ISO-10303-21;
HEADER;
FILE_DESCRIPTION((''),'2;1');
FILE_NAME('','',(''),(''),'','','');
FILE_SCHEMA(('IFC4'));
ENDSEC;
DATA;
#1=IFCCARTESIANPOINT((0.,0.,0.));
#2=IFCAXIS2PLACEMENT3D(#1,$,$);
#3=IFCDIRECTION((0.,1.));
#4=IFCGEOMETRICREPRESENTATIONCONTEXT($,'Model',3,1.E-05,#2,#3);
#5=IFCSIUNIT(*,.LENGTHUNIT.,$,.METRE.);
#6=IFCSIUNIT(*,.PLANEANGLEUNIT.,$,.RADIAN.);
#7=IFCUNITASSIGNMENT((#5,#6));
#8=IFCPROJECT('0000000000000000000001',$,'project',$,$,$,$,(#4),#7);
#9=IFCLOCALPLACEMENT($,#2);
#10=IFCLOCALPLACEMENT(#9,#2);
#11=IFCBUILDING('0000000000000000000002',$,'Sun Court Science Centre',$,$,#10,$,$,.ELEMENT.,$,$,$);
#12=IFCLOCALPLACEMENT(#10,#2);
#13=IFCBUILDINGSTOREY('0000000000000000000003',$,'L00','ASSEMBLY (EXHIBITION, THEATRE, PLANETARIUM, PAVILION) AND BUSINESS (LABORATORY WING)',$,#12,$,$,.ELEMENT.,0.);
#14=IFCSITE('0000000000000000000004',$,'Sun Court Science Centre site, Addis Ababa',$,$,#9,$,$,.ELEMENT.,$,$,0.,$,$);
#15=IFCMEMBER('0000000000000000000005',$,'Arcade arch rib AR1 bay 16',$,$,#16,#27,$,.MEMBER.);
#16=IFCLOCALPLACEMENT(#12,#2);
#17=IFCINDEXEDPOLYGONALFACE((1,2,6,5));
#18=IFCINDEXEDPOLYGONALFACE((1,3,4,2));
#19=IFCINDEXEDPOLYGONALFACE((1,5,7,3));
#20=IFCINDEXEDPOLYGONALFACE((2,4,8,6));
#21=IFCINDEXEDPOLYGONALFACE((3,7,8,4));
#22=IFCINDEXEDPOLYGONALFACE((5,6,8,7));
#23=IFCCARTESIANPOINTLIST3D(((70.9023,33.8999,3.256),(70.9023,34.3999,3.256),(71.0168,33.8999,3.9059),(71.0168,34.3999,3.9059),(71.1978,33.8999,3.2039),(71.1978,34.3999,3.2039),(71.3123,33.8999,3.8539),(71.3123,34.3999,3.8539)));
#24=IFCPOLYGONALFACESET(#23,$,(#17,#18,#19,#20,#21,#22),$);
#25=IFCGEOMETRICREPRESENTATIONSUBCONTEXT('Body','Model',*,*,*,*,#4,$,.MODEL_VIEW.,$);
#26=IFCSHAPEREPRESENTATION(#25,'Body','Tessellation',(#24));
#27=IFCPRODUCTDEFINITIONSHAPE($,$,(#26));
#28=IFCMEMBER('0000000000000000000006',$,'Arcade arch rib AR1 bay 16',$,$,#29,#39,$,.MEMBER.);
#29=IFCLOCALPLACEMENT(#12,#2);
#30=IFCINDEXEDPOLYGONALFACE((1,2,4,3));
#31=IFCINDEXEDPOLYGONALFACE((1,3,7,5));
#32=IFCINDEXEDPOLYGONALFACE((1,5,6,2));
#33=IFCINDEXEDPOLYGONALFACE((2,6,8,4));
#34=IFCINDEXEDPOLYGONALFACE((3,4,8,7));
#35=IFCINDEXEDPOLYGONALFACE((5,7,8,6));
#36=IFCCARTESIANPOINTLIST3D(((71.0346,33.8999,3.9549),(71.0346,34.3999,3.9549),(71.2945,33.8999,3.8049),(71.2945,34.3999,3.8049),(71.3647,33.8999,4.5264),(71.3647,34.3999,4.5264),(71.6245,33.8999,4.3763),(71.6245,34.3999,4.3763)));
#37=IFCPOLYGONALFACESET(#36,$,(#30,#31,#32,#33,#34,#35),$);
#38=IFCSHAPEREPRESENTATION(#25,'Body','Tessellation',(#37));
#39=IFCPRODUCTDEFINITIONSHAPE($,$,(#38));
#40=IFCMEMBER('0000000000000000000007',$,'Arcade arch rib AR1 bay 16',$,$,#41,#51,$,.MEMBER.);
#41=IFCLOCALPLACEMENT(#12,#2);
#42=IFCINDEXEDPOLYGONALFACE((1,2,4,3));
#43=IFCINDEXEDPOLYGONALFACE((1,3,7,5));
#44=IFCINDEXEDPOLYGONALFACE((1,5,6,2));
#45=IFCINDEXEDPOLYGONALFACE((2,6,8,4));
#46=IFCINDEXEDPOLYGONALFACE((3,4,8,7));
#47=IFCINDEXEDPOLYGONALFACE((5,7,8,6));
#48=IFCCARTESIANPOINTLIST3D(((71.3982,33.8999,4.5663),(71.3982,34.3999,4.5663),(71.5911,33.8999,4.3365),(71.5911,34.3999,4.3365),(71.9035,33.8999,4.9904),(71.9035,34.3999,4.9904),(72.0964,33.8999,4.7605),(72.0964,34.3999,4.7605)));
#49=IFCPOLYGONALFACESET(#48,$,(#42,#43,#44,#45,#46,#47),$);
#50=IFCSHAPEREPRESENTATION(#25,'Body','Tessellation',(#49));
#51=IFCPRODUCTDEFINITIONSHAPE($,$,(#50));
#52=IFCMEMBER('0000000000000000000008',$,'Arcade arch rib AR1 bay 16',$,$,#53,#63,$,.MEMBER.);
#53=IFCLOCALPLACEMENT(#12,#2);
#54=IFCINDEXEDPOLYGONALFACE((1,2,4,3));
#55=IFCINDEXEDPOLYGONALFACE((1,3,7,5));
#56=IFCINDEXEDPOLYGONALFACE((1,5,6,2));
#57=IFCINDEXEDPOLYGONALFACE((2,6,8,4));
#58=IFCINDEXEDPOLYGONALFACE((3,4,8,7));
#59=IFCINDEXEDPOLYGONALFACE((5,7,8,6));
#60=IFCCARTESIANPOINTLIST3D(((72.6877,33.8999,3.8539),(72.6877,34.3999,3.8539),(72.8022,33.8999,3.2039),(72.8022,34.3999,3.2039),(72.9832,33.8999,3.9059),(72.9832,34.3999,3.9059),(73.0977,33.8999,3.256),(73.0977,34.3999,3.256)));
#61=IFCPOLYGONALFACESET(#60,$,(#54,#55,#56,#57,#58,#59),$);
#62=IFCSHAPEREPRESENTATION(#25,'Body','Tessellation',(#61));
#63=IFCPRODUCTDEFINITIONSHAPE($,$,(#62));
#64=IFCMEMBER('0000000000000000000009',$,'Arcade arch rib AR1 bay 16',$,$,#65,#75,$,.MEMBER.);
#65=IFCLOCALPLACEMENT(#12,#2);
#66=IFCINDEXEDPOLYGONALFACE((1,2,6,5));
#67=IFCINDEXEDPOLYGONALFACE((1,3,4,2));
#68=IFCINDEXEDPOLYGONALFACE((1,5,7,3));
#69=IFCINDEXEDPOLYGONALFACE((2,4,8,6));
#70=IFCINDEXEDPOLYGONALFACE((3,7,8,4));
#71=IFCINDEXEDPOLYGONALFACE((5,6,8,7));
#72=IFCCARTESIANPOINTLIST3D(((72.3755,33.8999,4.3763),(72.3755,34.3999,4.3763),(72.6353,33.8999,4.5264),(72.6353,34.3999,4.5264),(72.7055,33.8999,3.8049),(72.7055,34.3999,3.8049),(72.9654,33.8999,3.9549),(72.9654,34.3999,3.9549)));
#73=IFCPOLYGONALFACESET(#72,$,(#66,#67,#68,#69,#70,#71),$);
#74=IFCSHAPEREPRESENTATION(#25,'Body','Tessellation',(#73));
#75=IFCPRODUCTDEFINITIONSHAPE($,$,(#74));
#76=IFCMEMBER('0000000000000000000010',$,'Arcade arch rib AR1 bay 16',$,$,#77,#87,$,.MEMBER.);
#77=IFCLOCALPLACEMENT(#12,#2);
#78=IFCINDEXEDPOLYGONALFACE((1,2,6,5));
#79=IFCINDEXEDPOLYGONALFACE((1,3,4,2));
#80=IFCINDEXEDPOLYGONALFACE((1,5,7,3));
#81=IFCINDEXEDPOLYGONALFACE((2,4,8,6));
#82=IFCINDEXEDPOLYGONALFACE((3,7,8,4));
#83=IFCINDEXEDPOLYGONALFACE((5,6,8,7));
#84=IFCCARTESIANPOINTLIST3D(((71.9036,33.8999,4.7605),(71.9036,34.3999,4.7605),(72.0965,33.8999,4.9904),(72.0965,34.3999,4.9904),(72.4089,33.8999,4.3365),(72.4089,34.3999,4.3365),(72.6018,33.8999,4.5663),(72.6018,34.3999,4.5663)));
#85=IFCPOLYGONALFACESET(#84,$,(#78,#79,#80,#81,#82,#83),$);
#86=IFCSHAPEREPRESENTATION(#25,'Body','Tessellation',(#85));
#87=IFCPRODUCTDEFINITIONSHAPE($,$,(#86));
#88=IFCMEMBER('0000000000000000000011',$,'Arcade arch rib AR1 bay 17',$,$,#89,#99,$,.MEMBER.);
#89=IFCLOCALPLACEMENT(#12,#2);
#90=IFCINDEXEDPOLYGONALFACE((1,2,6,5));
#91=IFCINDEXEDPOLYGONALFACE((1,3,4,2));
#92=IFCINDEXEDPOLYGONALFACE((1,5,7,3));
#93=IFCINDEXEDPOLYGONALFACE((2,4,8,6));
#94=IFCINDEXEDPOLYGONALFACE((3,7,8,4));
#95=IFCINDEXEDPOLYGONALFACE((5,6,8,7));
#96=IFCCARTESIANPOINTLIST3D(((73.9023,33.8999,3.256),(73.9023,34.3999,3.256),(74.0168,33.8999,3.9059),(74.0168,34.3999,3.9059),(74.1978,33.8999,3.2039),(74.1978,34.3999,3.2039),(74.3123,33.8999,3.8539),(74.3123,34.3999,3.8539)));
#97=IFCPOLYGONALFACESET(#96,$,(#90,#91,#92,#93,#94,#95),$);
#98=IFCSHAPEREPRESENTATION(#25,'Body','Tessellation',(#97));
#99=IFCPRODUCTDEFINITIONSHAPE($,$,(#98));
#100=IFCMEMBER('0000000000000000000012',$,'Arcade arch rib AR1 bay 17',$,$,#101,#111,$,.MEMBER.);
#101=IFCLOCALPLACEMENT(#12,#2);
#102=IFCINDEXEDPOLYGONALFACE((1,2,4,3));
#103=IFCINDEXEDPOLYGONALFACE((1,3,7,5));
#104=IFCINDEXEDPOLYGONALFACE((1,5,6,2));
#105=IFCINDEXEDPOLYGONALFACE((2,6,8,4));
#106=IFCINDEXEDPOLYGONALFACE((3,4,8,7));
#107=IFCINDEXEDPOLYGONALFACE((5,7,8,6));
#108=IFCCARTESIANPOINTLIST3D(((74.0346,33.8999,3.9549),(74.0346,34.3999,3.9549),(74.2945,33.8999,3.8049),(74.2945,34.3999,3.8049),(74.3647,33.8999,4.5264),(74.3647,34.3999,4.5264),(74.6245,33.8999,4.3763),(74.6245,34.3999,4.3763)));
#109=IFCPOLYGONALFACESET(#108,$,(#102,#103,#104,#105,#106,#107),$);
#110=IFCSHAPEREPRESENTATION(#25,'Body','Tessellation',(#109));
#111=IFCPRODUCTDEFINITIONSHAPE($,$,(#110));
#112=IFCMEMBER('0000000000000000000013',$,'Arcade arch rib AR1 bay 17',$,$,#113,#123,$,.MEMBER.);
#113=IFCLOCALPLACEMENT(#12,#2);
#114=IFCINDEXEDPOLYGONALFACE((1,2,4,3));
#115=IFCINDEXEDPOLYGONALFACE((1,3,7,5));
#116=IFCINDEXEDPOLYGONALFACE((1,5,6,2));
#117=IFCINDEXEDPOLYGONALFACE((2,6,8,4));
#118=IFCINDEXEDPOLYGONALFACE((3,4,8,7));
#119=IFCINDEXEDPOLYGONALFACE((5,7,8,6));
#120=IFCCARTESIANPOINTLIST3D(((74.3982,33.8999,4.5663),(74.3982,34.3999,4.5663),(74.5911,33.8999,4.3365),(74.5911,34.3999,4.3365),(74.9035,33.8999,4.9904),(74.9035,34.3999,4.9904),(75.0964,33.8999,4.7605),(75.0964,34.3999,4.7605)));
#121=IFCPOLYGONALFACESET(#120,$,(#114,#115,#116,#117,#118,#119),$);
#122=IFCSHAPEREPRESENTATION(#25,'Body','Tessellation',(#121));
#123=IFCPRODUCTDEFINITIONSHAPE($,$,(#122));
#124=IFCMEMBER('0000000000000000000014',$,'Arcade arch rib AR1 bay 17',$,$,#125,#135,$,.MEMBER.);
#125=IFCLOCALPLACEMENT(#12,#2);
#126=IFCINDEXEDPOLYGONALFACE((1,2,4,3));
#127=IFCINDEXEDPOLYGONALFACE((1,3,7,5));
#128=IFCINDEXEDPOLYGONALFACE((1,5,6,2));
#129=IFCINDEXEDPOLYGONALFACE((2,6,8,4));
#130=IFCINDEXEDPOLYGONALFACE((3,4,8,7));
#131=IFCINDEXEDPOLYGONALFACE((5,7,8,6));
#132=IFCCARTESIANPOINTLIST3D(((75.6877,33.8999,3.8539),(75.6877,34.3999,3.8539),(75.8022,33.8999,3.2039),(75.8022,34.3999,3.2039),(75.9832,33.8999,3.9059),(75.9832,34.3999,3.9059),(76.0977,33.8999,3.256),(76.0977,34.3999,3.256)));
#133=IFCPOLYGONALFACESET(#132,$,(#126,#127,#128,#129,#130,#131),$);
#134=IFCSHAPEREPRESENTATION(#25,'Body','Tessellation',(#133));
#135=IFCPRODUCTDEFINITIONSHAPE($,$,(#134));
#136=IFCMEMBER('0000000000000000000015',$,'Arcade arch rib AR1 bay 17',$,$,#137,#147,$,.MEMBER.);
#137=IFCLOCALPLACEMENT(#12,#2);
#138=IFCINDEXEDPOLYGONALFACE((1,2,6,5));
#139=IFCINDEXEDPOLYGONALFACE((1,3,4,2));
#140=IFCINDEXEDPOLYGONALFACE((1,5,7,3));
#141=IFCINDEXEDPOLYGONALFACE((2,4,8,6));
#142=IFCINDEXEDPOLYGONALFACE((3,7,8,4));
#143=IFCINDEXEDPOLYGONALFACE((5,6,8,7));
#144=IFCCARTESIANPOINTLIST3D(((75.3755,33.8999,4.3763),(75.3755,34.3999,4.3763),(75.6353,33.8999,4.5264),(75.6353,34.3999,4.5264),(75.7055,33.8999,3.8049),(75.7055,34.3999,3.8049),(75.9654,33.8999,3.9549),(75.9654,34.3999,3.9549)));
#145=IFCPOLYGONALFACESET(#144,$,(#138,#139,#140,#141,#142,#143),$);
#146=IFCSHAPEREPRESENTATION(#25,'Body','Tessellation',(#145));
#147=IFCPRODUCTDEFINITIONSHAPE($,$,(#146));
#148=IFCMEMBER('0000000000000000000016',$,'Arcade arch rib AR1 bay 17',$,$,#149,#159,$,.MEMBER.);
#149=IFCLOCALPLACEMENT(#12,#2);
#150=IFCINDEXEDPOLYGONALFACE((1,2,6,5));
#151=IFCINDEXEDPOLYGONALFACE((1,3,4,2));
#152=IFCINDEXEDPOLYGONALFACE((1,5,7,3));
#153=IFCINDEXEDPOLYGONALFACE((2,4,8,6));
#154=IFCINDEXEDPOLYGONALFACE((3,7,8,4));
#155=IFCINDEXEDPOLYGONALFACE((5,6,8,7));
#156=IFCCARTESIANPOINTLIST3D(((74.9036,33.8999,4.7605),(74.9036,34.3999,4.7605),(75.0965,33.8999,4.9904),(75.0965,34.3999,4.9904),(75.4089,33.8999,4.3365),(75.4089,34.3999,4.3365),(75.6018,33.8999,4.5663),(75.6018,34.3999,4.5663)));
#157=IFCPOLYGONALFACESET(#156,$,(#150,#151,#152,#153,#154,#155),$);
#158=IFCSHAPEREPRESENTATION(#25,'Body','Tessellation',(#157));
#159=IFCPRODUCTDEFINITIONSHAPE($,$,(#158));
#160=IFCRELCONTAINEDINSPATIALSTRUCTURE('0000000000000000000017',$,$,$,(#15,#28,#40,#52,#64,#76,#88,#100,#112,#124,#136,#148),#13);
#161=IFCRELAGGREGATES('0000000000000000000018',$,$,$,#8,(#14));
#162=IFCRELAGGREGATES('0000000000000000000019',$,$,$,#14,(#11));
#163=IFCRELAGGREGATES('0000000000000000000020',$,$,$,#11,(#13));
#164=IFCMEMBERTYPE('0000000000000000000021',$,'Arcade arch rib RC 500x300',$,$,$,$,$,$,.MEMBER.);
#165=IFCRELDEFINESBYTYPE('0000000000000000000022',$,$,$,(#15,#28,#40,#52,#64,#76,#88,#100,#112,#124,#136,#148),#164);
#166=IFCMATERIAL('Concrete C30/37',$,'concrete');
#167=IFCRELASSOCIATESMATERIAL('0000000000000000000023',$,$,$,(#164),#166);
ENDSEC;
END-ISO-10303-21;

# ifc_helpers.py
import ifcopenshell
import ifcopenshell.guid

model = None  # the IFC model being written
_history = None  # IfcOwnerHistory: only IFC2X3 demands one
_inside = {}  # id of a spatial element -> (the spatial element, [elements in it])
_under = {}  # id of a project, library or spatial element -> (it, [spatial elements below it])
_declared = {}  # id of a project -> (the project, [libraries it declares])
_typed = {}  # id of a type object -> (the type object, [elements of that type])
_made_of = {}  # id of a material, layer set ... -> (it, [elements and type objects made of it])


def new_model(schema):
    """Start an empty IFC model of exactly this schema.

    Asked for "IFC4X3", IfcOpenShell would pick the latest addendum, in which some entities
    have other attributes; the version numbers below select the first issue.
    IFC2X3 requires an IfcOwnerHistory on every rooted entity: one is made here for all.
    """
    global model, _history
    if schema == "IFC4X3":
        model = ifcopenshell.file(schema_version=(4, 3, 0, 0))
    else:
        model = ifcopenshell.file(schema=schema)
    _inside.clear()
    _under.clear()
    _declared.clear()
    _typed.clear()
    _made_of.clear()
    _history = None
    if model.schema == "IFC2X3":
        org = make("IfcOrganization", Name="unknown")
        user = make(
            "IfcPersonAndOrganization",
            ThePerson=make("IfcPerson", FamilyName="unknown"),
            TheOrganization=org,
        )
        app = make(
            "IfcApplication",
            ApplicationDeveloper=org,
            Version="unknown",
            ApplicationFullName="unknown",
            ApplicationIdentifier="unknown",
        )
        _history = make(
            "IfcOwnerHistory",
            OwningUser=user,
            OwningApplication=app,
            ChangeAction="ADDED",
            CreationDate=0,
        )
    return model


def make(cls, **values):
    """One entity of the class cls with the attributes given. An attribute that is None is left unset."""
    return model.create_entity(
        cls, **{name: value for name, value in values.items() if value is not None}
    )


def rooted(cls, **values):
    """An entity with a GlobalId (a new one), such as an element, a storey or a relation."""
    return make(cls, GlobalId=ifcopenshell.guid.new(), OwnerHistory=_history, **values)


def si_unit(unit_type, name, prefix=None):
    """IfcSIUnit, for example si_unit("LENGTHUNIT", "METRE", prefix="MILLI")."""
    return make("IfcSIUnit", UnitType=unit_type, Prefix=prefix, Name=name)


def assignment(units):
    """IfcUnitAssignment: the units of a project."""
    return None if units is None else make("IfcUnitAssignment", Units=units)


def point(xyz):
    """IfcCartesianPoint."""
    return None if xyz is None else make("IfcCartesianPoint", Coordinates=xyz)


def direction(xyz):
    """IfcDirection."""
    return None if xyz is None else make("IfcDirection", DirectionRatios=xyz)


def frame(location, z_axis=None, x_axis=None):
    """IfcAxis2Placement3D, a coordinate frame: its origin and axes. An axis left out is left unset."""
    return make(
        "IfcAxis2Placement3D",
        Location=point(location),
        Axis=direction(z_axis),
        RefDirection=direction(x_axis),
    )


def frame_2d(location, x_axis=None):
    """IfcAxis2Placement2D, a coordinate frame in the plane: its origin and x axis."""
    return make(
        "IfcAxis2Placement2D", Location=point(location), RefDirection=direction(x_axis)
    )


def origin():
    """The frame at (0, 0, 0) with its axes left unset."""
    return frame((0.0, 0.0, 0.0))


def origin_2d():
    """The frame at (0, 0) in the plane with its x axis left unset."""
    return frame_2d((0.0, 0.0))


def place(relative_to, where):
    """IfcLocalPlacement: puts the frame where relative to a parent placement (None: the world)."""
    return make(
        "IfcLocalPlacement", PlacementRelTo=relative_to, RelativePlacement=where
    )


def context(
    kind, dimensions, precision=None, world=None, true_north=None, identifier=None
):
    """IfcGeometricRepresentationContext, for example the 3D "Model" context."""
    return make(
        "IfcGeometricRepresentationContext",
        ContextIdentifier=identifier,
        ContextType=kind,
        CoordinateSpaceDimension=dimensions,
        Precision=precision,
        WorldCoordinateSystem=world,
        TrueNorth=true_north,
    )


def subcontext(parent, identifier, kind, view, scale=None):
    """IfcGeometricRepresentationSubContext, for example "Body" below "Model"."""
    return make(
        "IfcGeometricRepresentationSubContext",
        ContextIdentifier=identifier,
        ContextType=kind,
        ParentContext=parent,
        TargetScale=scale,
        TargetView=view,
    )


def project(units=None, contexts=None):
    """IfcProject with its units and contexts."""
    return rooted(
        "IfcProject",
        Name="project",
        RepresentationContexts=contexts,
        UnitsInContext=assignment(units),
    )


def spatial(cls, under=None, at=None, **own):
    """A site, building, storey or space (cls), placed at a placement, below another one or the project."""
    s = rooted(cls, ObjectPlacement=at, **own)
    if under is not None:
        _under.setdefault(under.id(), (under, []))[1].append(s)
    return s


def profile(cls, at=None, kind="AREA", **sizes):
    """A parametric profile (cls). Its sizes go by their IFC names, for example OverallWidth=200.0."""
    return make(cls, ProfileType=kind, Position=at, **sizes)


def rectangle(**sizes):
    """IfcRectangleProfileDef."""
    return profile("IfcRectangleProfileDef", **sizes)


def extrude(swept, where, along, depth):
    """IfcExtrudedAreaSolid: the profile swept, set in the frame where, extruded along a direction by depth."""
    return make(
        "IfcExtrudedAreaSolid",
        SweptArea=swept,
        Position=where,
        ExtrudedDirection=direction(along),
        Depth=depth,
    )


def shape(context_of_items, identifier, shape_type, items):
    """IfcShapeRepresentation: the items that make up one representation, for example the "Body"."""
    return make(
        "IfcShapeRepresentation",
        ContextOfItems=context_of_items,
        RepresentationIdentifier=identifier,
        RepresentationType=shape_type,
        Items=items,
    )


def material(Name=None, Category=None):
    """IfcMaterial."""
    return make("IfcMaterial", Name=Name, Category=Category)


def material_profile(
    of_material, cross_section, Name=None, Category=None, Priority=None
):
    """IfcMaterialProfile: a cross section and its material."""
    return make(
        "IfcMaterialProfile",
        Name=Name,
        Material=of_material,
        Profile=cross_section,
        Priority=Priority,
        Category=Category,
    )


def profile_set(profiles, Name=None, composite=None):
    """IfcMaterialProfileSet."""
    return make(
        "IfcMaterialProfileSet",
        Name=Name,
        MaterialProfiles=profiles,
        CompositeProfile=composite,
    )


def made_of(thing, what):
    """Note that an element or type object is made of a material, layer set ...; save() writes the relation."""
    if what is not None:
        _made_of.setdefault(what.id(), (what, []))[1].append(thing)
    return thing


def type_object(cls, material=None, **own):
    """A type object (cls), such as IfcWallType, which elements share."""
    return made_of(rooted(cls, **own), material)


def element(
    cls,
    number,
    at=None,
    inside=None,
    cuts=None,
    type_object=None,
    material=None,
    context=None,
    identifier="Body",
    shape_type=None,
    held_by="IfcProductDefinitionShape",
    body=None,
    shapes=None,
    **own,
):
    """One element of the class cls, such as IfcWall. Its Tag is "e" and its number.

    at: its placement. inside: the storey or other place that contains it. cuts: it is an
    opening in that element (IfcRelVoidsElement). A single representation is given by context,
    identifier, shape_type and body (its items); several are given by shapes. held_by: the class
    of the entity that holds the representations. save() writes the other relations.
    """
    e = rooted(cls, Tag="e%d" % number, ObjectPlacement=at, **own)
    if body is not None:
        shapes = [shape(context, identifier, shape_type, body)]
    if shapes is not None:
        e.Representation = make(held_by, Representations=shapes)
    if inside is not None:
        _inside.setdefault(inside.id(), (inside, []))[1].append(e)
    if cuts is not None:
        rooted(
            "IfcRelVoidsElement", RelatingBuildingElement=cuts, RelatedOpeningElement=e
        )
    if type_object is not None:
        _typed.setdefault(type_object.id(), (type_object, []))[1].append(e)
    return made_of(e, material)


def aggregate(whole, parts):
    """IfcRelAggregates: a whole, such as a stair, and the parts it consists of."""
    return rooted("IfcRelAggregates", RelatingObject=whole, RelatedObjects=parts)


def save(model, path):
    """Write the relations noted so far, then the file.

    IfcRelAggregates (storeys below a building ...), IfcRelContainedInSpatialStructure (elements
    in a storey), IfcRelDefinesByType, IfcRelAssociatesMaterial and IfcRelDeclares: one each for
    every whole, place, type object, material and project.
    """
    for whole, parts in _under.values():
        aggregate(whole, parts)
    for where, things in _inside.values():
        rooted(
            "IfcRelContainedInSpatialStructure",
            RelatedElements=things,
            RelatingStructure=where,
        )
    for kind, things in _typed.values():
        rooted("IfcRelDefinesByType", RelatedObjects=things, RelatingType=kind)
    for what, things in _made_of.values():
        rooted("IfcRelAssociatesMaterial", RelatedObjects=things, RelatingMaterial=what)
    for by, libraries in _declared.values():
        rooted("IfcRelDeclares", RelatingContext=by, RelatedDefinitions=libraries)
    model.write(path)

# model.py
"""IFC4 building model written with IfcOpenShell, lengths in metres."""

from ifc_helpers import new_model, si_unit, direction, frame, origin, origin_2d, place, context, subcontext, project, spatial, rectangle, extrude, material, material_profile, profile_set, type_object, element, save


model = new_model("IFC4")

# Units and contexts
model_context = context("Model", 3, precision=1e-05, world=origin(), true_north=direction((0.0, 1.0)))
body_context = subcontext(model_context, "Body", "Model", "MODEL_VIEW")
ifc_project = project(units=[si_unit("LENGTHUNIT", "METRE"), si_unit("PLANEANGLEUNIT", "RADIAN")], contexts=[model_context])

# Site, building, storey
site_placement = place(None, origin())
site = spatial("IfcSite", under=ifc_project, at=site_placement, Name="Sun Court Science Centre site, Addis Ababa", CompositionType="ELEMENT", RefElevation=0.0)
building_placement = place(site_placement, origin())
building = spatial("IfcBuilding", under=site, at=building_placement, Name="Sun Court Science Centre", CompositionType="ELEMENT")
storey_placement = place(building_placement, origin())
storey = spatial("IfcBuildingStorey", under=building, at=storey_placement, Name="L00", Description="ASSEMBLY (EXHIBITION, THEATRE, PLANETARIUM, PAVILION) AND BUSINESS (LABORATORY WING)", CompositionType="ELEMENT", Elevation=0.0)

# Members
ifc_material_1 = material(Name="Concrete C30/37", Category="concrete")
ifc_material_profile_1 = material_profile(ifc_material_1, rectangle(XDim=0.5, YDim=0.3, at=origin_2d()), Name="RC 500x300")
ifc_profile_set_1 = profile_set([ifc_material_profile_1], Name="Concrete C30/37")
member_type_1 = type_object("IfcMemberType", Name="Arcade arch rib RC 500x300", PredefinedType="MEMBER", material=ifc_profile_set_1)
for number, where, z_axis, x_axis, name in (
    (1, (71.05, 34.1499, 3.23), (0.173511, 0.0, 0.984832), (0.0, 1.0, 0.0), "Arcade arch rib AR1 bay 16"),
    (2, (71.1646, 34.1499, 3.8799), (0.500117, 0.0, 0.865958), (0.0, 1.0, 0.0), "Arcade arch rib AR1 bay 16"),
):
    element("IfcMember", number, at=place(storey_placement, frame(where, z_axis=z_axis, x_axis=x_axis)), inside=storey, type_object=member_type_1, Name=name, PredefinedType="MEMBER", context=body_context, shape_type="SweptSolid", body=[
        extrude(rectangle(XDim=0.5, YDim=0.3, at=origin_2d()), origin(), (0.0, 0.0, 1.0), 0.6599),
    ])
member_1_placement = place(storey_placement, frame((71.4946, 34.1499, 4.4514), z_axis=(0.766033, 0.0, 0.642801), x_axis=(0.0, 1.0, 0.0)))
element("IfcMember", 3, at=member_1_placement, inside=storey, type_object=member_type_1, Name="Arcade arch rib AR1 bay 16", PredefinedType="MEMBER", context=body_context, shape_type="SweptSolid", body=[
    extrude(rectangle(XDim=0.5, YDim=0.3, at=origin_2d()), origin(), (0.0, 0.0, 1.0), 0.6597),
])
for number, where, z_axis, x_axis, name in (
    (4, (72.95, 34.1499, 3.23), (-0.173511, 0.0, 0.984832), (0.0, -1.0, 0.0), "Arcade arch rib AR1 bay 16"),
    (5, (72.8354, 34.1499, 3.8799), (-0.500117, 0.0, 0.865958), (0.0, -1.0, 0.0), "Arcade arch rib AR1 bay 16"),
):
    element("IfcMember", number, at=place(storey_placement, frame(where, z_axis=z_axis, x_axis=x_axis)), inside=storey, type_object=member_type_1, Name=name, PredefinedType="MEMBER", context=body_context, shape_type="SweptSolid", body=[
        extrude(rectangle(XDim=0.5, YDim=0.3, at=origin_2d()), origin(), (0.0, 0.0, 1.0), 0.6599),
    ])
member_2_placement = place(storey_placement, frame((72.5054, 34.1499, 4.4514), z_axis=(-0.766033, 0.0, 0.642801), x_axis=(0.0, -1.0, 0.0)))
element("IfcMember", 6, at=member_2_placement, inside=storey, type_object=member_type_1, Name="Arcade arch rib AR1 bay 16", PredefinedType="MEMBER", context=body_context, shape_type="SweptSolid", body=[
    extrude(rectangle(XDim=0.5, YDim=0.3, at=origin_2d()), origin(), (0.0, 0.0, 1.0), 0.6597),
])
for number, where, z_axis, x_axis, name in (
    (7, (74.05, 34.1499, 3.23), (0.173511, 0.0, 0.984832), (0.0, 1.0, 0.0), "Arcade arch rib AR1 bay 17"),
    (8, (74.1646, 34.1499, 3.8799), (0.500117, 0.0, 0.865958), (0.0, 1.0, 0.0), "Arcade arch rib AR1 bay 17"),
):
    element("IfcMember", number, at=place(storey_placement, frame(where, z_axis=z_axis, x_axis=x_axis)), inside=storey, type_object=member_type_1, Name=name, PredefinedType="MEMBER", context=body_context, shape_type="SweptSolid", body=[
        extrude(rectangle(XDim=0.5, YDim=0.3, at=origin_2d()), origin(), (0.0, 0.0, 1.0), 0.6599),
    ])
member_3_placement = place(storey_placement, frame((74.4946, 34.1499, 4.4514), z_axis=(0.766033, 0.0, 0.642801), x_axis=(0.0, 1.0, 0.0)))
element("IfcMember", 9, at=member_3_placement, inside=storey, type_object=member_type_1, Name="Arcade arch rib AR1 bay 17", PredefinedType="MEMBER", context=body_context, shape_type="SweptSolid", body=[
    extrude(rectangle(XDim=0.5, YDim=0.3, at=origin_2d()), origin(), (0.0, 0.0, 1.0), 0.6597),
])
for number, where, z_axis, x_axis, name in (
    (10, (75.95, 34.1499, 3.23), (-0.173511, 0.0, 0.984832), (0.0, -1.0, 0.0), "Arcade arch rib AR1 bay 17"),
    (11, (75.8354, 34.1499, 3.8799), (-0.500117, 0.0, 0.865958), (0.0, -1.0, 0.0), "Arcade arch rib AR1 bay 17"),
):
    element("IfcMember", number, at=place(storey_placement, frame(where, z_axis=z_axis, x_axis=x_axis)), inside=storey, type_object=member_type_1, Name=name, PredefinedType="MEMBER", context=body_context, shape_type="SweptSolid", body=[
        extrude(rectangle(XDim=0.5, YDim=0.3, at=origin_2d()), origin(), (0.0, 0.0, 1.0), 0.6599),
    ])
member_4_placement = place(storey_placement, frame((75.5054, 34.1499, 4.4514), z_axis=(-0.766033, 0.0, 0.642801), x_axis=(0.0, -1.0, 0.0)))
element("IfcMember", 12, at=member_4_placement, inside=storey, type_object=member_type_1, Name="Arcade arch rib AR1 bay 17", PredefinedType="MEMBER", context=body_context, shape_type="SweptSolid", body=[
    extrude(rectangle(XDim=0.5, YDim=0.3, at=origin_2d()), origin(), (0.0, 0.0, 1.0), 0.6597),
])

save(model, "model.ifc")
